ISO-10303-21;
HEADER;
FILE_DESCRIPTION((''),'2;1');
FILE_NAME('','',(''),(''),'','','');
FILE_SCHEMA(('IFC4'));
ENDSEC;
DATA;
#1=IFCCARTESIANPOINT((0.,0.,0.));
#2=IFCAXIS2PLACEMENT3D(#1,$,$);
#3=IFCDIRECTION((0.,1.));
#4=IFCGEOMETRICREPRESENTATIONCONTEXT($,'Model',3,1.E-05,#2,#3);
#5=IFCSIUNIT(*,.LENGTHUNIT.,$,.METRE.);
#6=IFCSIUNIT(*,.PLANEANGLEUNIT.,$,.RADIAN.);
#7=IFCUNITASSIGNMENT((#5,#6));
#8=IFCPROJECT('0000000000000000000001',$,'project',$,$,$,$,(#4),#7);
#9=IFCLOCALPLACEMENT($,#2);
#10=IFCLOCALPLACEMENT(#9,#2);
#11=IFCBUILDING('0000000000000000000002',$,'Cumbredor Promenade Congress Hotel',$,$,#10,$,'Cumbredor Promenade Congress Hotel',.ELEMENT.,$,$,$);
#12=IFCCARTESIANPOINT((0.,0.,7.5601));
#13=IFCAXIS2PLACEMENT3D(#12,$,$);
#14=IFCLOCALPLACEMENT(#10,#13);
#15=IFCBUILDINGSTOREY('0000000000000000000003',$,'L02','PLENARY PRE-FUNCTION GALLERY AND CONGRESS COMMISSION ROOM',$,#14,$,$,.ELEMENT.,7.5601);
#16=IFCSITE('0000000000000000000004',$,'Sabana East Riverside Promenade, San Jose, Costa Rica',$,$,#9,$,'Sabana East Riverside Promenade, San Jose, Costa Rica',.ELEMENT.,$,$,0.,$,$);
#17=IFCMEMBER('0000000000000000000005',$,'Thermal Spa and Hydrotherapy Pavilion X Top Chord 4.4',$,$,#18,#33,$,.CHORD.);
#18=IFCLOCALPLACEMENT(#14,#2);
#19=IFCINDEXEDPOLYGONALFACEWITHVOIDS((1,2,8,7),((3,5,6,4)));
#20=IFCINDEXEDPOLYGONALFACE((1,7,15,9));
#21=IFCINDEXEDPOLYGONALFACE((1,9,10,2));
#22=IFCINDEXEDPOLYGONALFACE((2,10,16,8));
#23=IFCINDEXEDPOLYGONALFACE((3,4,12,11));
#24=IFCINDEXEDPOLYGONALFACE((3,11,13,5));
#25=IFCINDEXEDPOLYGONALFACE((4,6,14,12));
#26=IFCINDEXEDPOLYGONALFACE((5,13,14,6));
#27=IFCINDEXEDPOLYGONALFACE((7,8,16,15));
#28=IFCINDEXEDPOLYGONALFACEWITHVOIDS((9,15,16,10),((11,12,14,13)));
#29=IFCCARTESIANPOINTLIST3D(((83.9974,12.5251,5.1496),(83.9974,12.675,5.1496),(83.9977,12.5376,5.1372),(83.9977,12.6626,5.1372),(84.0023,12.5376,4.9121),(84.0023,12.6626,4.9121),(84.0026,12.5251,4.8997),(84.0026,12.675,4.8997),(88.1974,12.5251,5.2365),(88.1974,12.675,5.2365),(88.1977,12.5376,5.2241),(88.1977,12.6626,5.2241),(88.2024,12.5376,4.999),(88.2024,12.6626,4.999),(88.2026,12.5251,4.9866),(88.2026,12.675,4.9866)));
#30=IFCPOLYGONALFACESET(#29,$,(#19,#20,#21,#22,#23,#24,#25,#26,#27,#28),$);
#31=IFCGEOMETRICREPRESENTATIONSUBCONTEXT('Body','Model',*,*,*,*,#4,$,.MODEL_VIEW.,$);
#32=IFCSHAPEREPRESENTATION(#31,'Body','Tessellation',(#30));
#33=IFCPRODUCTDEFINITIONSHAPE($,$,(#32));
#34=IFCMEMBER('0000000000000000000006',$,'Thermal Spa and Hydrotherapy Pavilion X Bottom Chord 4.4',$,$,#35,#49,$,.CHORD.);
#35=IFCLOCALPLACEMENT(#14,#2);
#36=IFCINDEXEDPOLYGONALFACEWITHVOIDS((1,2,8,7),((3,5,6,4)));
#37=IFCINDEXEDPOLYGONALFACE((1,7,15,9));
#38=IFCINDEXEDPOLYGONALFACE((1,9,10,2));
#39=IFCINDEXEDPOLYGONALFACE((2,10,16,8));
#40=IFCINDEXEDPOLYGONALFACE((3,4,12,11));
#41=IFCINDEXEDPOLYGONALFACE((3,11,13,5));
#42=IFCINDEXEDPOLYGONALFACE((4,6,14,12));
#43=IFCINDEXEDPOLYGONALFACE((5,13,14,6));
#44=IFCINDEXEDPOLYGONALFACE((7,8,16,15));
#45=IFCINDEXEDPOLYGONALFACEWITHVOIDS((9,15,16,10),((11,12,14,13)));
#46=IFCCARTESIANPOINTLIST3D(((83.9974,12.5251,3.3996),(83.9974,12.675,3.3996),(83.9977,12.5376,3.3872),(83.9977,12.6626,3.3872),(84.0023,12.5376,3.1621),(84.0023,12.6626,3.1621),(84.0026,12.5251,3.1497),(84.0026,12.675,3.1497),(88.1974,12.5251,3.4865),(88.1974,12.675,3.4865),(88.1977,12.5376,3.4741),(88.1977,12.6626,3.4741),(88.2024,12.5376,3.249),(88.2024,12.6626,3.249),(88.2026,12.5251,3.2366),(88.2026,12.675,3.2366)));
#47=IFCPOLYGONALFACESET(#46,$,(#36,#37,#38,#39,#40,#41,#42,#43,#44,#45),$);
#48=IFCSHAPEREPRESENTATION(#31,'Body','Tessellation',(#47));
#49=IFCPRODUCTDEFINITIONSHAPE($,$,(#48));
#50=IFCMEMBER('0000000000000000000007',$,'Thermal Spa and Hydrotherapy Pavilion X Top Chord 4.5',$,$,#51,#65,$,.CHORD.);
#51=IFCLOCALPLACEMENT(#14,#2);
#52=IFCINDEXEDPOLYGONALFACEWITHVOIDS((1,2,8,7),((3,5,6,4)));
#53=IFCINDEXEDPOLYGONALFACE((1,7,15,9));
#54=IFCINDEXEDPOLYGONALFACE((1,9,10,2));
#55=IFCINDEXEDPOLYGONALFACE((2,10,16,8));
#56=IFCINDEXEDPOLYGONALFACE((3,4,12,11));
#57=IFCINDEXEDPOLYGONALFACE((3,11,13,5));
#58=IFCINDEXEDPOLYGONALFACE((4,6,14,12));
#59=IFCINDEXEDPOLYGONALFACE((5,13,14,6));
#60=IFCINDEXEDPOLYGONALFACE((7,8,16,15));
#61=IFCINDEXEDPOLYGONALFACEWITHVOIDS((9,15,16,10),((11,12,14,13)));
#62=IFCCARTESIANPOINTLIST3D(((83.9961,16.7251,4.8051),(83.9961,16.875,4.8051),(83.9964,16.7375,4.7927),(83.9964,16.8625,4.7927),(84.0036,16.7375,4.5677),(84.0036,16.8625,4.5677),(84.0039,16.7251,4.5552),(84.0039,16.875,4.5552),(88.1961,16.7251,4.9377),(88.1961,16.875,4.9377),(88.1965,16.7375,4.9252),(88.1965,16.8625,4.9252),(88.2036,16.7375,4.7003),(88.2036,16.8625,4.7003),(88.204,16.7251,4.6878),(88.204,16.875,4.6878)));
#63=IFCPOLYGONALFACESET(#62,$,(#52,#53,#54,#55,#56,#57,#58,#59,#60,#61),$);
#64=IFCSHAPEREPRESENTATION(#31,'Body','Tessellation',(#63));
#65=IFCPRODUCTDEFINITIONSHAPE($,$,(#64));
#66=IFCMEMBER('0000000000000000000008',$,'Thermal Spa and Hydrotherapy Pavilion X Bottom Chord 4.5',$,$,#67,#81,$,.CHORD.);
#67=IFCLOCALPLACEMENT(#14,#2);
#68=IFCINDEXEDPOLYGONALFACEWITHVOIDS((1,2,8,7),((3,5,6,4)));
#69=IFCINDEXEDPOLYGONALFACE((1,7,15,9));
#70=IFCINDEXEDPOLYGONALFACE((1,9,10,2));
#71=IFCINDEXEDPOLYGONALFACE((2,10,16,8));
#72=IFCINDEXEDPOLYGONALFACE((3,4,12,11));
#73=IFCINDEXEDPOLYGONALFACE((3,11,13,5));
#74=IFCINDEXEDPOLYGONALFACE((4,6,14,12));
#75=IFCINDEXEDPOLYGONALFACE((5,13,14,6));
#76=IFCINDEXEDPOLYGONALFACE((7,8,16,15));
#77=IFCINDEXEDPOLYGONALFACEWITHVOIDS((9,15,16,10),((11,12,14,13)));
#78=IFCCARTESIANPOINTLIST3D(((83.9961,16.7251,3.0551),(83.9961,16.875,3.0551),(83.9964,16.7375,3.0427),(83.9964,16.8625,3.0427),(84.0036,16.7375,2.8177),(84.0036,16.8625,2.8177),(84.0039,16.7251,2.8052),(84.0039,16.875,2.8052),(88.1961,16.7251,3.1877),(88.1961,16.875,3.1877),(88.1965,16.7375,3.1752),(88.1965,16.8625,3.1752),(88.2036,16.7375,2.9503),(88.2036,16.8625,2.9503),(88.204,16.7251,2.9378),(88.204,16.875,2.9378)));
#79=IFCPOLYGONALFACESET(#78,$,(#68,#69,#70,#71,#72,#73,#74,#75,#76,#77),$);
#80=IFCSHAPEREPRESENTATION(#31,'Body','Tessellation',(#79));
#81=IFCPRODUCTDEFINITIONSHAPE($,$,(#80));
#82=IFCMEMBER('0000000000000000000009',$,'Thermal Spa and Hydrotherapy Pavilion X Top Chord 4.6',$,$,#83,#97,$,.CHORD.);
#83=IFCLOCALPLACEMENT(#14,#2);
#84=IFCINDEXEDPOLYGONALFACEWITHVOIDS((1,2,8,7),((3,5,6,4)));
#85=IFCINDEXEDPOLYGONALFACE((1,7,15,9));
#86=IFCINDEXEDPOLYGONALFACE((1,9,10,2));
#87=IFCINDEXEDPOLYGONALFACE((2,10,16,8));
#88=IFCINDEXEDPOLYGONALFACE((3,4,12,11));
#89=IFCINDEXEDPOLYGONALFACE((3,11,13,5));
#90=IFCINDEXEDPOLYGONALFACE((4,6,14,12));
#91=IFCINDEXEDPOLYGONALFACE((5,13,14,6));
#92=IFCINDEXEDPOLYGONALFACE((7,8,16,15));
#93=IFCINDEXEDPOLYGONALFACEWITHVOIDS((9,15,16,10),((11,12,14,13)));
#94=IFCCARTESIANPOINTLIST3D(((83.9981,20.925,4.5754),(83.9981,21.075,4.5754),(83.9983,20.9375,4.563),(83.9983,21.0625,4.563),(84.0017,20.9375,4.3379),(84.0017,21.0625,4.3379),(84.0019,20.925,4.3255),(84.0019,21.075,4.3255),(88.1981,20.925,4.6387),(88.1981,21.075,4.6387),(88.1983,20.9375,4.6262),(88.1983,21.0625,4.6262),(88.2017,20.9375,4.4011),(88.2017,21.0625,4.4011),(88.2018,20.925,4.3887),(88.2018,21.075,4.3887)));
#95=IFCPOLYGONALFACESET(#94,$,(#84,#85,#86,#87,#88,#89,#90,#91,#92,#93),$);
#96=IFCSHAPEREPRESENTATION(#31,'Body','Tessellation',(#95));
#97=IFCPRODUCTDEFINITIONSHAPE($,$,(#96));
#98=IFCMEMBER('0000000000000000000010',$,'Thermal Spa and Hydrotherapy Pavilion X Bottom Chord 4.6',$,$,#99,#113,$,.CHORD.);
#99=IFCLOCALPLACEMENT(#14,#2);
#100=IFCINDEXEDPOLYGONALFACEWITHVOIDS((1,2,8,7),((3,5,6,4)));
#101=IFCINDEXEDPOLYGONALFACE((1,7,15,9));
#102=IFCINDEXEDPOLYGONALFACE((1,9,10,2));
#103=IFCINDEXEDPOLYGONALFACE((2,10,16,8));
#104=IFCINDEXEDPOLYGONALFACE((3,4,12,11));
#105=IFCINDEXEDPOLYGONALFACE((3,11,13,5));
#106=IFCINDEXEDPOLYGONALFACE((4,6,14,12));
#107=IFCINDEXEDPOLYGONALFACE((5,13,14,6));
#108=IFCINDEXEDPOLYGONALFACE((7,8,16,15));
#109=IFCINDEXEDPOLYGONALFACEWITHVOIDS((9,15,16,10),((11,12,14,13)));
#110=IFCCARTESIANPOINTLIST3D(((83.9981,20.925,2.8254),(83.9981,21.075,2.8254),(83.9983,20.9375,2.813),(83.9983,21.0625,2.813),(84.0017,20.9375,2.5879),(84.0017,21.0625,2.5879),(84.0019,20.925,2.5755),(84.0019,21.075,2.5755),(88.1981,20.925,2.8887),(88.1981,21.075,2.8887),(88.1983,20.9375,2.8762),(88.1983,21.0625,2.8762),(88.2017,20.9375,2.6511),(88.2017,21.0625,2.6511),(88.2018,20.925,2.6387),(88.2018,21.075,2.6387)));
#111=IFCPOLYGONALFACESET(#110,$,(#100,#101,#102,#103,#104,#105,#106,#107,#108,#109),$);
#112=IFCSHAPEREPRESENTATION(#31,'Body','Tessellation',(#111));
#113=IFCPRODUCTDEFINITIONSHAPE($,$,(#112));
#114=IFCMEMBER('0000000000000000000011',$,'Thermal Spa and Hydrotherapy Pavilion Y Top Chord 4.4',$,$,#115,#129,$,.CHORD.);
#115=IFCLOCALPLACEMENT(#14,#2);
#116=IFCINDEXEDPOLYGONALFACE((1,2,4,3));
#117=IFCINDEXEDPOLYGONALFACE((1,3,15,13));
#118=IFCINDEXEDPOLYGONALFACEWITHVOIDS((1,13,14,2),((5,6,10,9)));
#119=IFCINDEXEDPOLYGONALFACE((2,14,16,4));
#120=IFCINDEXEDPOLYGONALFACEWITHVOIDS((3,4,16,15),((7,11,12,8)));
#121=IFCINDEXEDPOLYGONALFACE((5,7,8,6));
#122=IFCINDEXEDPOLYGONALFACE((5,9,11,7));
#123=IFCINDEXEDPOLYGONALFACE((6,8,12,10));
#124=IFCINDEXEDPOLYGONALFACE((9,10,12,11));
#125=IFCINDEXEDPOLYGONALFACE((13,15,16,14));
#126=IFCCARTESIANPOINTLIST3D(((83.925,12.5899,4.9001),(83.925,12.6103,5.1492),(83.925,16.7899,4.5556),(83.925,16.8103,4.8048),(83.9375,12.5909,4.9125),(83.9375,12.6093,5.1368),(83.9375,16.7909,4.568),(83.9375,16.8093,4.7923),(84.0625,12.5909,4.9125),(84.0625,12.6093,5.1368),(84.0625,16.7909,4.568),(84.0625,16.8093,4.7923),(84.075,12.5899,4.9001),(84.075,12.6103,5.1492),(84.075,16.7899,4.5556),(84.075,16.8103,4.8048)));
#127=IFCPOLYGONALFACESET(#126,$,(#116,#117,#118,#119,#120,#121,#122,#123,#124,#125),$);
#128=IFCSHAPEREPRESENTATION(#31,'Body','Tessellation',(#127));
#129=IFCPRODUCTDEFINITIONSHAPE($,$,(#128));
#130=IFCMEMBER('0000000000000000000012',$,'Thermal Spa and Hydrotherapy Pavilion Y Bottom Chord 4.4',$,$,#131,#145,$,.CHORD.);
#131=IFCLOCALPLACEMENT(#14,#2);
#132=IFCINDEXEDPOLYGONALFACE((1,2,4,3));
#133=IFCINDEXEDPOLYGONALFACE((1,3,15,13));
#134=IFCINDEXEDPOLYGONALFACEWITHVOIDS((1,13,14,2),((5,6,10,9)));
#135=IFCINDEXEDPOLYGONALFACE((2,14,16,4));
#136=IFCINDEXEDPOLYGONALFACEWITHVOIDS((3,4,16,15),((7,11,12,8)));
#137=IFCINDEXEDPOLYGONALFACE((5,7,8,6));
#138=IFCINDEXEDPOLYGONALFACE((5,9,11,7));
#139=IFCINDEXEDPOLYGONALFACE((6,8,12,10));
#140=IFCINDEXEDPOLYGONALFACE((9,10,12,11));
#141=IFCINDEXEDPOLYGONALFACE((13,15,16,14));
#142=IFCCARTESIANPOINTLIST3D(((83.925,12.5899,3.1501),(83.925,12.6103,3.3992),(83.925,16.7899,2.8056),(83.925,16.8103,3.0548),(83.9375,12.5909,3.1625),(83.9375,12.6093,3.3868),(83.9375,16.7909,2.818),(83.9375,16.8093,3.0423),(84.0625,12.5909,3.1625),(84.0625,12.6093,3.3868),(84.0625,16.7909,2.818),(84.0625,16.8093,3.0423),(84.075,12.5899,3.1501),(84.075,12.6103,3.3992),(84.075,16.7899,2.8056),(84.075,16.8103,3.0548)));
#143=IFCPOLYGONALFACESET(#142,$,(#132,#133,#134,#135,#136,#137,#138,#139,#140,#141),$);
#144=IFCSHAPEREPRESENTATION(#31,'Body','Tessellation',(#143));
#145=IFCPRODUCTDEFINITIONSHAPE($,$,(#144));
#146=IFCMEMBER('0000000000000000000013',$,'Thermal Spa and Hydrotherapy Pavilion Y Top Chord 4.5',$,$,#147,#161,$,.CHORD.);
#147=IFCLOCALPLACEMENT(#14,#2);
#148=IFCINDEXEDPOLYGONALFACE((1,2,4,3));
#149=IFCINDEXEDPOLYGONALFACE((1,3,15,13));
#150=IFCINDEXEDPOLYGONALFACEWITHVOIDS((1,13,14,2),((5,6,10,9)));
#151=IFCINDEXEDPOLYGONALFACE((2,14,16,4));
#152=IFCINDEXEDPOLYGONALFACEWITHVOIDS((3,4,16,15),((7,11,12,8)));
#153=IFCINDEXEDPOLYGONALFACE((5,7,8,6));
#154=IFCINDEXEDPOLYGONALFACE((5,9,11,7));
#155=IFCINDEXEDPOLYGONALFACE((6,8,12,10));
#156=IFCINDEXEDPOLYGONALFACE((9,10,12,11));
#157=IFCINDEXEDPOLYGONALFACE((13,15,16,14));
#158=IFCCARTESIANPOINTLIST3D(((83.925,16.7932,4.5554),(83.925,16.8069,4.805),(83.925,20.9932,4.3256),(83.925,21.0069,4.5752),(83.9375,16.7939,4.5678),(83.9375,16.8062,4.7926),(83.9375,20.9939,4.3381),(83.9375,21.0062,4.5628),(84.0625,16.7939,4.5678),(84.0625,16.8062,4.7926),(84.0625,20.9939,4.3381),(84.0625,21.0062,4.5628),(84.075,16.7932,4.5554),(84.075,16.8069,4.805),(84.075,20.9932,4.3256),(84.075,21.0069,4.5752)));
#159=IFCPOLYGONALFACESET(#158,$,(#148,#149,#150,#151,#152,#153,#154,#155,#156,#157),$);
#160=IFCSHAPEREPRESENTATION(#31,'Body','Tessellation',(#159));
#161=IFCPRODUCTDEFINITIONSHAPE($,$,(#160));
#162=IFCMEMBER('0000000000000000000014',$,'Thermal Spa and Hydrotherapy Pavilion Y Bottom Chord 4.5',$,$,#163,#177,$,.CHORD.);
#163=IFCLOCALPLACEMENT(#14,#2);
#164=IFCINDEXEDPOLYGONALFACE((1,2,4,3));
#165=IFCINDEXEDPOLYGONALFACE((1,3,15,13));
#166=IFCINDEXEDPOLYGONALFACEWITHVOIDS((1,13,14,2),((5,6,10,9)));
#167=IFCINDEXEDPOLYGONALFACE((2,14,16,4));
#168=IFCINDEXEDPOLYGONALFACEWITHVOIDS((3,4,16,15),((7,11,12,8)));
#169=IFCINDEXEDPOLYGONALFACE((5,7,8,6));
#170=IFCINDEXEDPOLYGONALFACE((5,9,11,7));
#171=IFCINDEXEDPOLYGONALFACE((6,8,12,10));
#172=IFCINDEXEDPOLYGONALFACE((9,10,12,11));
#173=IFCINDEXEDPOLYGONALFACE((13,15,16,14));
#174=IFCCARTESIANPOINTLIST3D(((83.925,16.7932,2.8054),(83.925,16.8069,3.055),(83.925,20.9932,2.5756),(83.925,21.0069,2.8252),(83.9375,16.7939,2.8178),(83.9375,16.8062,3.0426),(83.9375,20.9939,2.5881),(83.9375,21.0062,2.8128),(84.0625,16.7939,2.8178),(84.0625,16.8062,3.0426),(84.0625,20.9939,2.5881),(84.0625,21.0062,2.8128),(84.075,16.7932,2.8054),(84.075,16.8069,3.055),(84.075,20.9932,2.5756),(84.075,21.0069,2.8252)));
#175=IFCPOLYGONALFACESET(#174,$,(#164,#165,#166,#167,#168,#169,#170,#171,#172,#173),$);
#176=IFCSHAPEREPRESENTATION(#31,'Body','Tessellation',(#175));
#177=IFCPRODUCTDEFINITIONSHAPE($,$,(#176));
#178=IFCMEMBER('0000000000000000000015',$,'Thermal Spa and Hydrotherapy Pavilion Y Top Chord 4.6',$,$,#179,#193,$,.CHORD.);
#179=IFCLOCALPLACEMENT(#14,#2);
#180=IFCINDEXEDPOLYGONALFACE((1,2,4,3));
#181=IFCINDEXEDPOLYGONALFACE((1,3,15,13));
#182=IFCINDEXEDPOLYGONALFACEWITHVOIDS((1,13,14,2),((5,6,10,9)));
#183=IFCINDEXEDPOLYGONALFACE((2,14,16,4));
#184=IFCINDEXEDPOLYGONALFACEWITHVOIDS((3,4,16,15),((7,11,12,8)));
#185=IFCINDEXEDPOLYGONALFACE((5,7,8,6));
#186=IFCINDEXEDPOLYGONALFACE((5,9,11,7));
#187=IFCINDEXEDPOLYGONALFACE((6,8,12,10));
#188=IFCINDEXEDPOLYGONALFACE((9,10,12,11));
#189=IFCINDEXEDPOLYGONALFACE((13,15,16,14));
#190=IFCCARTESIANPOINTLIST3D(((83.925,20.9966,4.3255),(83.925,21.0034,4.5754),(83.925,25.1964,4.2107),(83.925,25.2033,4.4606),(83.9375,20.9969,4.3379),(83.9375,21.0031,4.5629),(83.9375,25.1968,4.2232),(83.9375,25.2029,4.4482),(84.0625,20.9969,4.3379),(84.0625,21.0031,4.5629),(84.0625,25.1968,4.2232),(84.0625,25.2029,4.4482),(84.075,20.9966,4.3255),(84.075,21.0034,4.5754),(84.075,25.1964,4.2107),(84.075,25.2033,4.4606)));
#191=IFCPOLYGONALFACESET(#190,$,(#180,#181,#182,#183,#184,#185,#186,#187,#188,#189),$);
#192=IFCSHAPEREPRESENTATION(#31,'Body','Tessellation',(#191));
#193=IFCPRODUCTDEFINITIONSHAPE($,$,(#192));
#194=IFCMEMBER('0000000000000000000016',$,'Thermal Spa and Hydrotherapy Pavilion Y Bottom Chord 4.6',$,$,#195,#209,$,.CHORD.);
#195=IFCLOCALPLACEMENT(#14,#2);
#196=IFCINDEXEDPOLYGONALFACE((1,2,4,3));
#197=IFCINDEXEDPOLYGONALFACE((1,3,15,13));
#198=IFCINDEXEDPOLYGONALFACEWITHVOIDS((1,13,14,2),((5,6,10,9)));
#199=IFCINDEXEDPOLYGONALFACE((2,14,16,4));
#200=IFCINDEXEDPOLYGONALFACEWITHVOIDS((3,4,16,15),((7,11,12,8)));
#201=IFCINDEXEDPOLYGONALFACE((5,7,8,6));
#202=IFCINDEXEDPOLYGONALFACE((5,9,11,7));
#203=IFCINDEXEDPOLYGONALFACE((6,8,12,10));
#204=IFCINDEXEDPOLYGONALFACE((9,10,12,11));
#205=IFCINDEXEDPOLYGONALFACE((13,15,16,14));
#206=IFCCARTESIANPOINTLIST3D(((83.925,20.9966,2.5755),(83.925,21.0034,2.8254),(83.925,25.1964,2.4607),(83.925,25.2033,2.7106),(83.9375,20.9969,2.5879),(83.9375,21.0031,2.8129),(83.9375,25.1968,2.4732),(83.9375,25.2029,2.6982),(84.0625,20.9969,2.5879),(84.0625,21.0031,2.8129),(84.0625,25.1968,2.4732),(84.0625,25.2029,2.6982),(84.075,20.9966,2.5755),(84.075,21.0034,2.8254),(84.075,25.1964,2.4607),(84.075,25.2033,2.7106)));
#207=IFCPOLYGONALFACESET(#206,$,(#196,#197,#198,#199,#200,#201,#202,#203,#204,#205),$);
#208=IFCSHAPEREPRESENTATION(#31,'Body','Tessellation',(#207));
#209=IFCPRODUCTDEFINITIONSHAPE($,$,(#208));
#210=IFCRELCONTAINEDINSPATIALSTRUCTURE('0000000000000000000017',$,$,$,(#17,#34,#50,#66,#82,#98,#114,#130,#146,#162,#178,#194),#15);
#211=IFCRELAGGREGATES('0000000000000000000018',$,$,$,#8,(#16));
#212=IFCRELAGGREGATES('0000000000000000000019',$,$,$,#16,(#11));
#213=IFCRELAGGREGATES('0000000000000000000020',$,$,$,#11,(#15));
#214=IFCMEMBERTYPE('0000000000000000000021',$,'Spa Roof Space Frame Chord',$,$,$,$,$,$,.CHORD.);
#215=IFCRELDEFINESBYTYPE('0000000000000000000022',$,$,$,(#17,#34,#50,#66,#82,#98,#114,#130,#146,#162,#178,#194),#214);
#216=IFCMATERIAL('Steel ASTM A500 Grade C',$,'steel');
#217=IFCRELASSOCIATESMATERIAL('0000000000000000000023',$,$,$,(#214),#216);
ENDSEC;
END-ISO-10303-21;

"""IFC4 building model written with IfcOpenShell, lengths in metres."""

from ifc_helpers import new_model, si_unit, direction, frame, origin, origin_2d, place, context, subcontext, project, spatial, hollow_rectangle, extrude, material, material_profile, profile_set, type_object, element, save


model = new_model("IFC4")

# Units and contexts
model_context = context("Model", 3, precision=1e-05, world=origin(), true_north=direction((0.0, 1.0)))
body_context = subcontext(model_context, "Body", "Model", "MODEL_VIEW")
ifc_project = project(units=[si_unit("LENGTHUNIT", "METRE"), si_unit("PLANEANGLEUNIT", "RADIAN")], contexts=[model_context])

# Site, building, storey
site_placement = place(None, origin())
site = spatial("IfcSite", under=ifc_project, at=site_placement, Name="Sabana East Riverside Promenade, San Jose, Costa Rica", LongName="Sabana East Riverside Promenade, San Jose, Costa Rica", CompositionType="ELEMENT", RefElevation=0.0)
building_placement = place(site_placement, origin())
building = spatial("IfcBuilding", under=site, at=building_placement, Name="Cumbredor Promenade Congress Hotel", LongName="Cumbredor Promenade Congress Hotel", CompositionType="ELEMENT")
storey_placement = place(building_placement, frame((0.0, 0.0, 7.5601)))
storey = spatial("IfcBuildingStorey", under=building, at=storey_placement, Name="L02", Description="PLENARY PRE-FUNCTION GALLERY AND CONGRESS COMMISSION ROOM", CompositionType="ELEMENT", Elevation=7.5601)

# Members
ifc_material_1 = material(Name="Steel ASTM A500 Grade C", Category="steel")
ifc_material_profile_1 = material_profile(ifc_material_1, hollow_rectangle(XDim=0.1499, YDim=0.25, WallThickness=0.0125, at=origin_2d()), Name="HSS 250x150x12.5")
ifc_profile_set_1 = profile_set([ifc_material_profile_1], Name="Steel ASTM A500 Grade C")
member_type_1 = type_object("IfcMemberType", Name="Spa Roof Space Frame Chord", PredefinedType="CHORD", material=ifc_profile_set_1)
for number, where, z_axis, x_axis, name in (
    (1, (84.0, 12.6001, 5.0247), (0.999786, 0.0, 0.02069), (0.0, 1.0, 0.0), "Thermal Spa and Hydrotherapy Pavilion X Top Chord 4.4"),
    (2, (84.0, 12.6001, 3.2747), (0.999786, 0.0, 0.02069), (0.0, 1.0, 0.0), "Thermal Spa and Hydrotherapy Pavilion X Bottom Chord 4.4"),
):
    element("IfcMember", number, at=place(storey_placement, frame(where, z_axis=z_axis, x_axis=x_axis)), inside=storey, type_object=member_type_1, Name=name, PredefinedType="CHORD", context=body_context, shape_type="SweptSolid", body=[
        extrude(hollow_rectangle(XDim=0.1499, YDim=0.25, WallThickness=0.0125, at=origin_2d()), origin(), (0.0, 0.0, 1.0), 4.2009),
    ])
for number, where, z_axis, x_axis, name in (
    (3, (84.0, 16.8, 4.6802), (0.999502, 0.0, 0.031549), (0.0, 1.0, 0.0), "Thermal Spa and Hydrotherapy Pavilion X Top Chord 4.5"),
    (4, (84.0, 16.8, 2.9302), (0.999502, 0.0, 0.031549), (0.0, 1.0, 0.0), "Thermal Spa and Hydrotherapy Pavilion X Bottom Chord 4.5"),
):
    element("IfcMember", number, at=place(storey_placement, frame(where, z_axis=z_axis, x_axis=x_axis)), inside=storey, type_object=member_type_1, Name=name, PredefinedType="CHORD", context=body_context, shape_type="SweptSolid", body=[
        extrude(hollow_rectangle(XDim=0.1499, YDim=0.25, WallThickness=0.0125, at=origin_2d()), origin(), (0.0, 0.0, 1.0), 4.2021),
    ])
for number, where, z_axis, x_axis, name in (
    (5, (84.0, 21.0, 4.4504), (0.999887, 0.0, 0.015054), (0.0, 1.0, 0.0), "Thermal Spa and Hydrotherapy Pavilion X Top Chord 4.6"),
    (6, (84.0, 21.0, 2.7004), (0.999887, 0.0, 0.015054), (0.0, 1.0, 0.0), "Thermal Spa and Hydrotherapy Pavilion X Bottom Chord 4.6"),
):
    element("IfcMember", number, at=place(storey_placement, frame(where, z_axis=z_axis, x_axis=x_axis)), inside=storey, type_object=member_type_1, Name=name, PredefinedType="CHORD", context=body_context, shape_type="SweptSolid", body=[
        extrude(hollow_rectangle(XDim=0.1499, YDim=0.25, WallThickness=0.0125, at=origin_2d()), origin(), (0.0, 0.0, 1.0), 4.2004),
    ])
for number, where, z_axis, x_axis, name in (
    (7, (84.0, 12.6001, 5.0247), (0.0, 0.996653, -0.081746), (-1.0, 0.0, 0.0), "Thermal Spa and Hydrotherapy Pavilion Y Top Chord 4.4"),
    (8, (84.0, 12.6001, 3.2747), (0.0, 0.996653, -0.081746), (-1.0, 0.0, 0.0), "Thermal Spa and Hydrotherapy Pavilion Y Bottom Chord 4.4"),
):
    element("IfcMember", number, at=place(storey_placement, frame(where, z_axis=z_axis, x_axis=x_axis)), inside=storey, type_object=member_type_1, Name=name, PredefinedType="CHORD", context=body_context, shape_type="SweptSolid", body=[
        extrude(hollow_rectangle(XDim=0.1499, YDim=0.25, WallThickness=0.0125, at=origin_2d()), origin(), (0.0, 0.0, 1.0), 4.2141),
    ])
for number, where, z_axis, x_axis, name in (
    (9, (84.0, 16.8, 4.6802), (0.0, 0.998507, -0.054618), (-1.0, 0.0, 0.0), "Thermal Spa and Hydrotherapy Pavilion Y Top Chord 4.5"),
    (10, (84.0, 16.8, 2.9302), (0.0, 0.998507, -0.054618), (-1.0, 0.0, 0.0), "Thermal Spa and Hydrotherapy Pavilion Y Bottom Chord 4.5"),
):
    element("IfcMember", number, at=place(storey_placement, frame(where, z_axis=z_axis, x_axis=x_axis)), inside=storey, type_object=member_type_1, Name=name, PredefinedType="CHORD", context=body_context, shape_type="SweptSolid", body=[
        extrude(hollow_rectangle(XDim=0.1499, YDim=0.25, WallThickness=0.0125, at=origin_2d()), origin(), (0.0, 0.0, 1.0), 4.2063),
    ])
for number, where, z_axis, x_axis, name in (
    (11, (84.0, 21.0, 4.4504), (0.0, 0.999627, -0.027311), (-1.0, 0.0, 0.0), "Thermal Spa and Hydrotherapy Pavilion Y Top Chord 4.6"),
    (12, (84.0, 21.0, 2.7004), (0.0, 0.999627, -0.027311), (-1.0, 0.0, 0.0), "Thermal Spa and Hydrotherapy Pavilion Y Bottom Chord 4.6"),
):
    element("IfcMember", number, at=place(storey_placement, frame(where, z_axis=z_axis, x_axis=x_axis)), inside=storey, type_object=member_type_1, Name=name, PredefinedType="CHORD", context=body_context, shape_type="SweptSolid", body=[
        extrude(hollow_rectangle(XDim=0.1499, YDim=0.25, WallThickness=0.0125, at=origin_2d()), origin(), (0.0, 0.0, 1.0), 4.2014),
    ])

save(model, "model.ifc")
